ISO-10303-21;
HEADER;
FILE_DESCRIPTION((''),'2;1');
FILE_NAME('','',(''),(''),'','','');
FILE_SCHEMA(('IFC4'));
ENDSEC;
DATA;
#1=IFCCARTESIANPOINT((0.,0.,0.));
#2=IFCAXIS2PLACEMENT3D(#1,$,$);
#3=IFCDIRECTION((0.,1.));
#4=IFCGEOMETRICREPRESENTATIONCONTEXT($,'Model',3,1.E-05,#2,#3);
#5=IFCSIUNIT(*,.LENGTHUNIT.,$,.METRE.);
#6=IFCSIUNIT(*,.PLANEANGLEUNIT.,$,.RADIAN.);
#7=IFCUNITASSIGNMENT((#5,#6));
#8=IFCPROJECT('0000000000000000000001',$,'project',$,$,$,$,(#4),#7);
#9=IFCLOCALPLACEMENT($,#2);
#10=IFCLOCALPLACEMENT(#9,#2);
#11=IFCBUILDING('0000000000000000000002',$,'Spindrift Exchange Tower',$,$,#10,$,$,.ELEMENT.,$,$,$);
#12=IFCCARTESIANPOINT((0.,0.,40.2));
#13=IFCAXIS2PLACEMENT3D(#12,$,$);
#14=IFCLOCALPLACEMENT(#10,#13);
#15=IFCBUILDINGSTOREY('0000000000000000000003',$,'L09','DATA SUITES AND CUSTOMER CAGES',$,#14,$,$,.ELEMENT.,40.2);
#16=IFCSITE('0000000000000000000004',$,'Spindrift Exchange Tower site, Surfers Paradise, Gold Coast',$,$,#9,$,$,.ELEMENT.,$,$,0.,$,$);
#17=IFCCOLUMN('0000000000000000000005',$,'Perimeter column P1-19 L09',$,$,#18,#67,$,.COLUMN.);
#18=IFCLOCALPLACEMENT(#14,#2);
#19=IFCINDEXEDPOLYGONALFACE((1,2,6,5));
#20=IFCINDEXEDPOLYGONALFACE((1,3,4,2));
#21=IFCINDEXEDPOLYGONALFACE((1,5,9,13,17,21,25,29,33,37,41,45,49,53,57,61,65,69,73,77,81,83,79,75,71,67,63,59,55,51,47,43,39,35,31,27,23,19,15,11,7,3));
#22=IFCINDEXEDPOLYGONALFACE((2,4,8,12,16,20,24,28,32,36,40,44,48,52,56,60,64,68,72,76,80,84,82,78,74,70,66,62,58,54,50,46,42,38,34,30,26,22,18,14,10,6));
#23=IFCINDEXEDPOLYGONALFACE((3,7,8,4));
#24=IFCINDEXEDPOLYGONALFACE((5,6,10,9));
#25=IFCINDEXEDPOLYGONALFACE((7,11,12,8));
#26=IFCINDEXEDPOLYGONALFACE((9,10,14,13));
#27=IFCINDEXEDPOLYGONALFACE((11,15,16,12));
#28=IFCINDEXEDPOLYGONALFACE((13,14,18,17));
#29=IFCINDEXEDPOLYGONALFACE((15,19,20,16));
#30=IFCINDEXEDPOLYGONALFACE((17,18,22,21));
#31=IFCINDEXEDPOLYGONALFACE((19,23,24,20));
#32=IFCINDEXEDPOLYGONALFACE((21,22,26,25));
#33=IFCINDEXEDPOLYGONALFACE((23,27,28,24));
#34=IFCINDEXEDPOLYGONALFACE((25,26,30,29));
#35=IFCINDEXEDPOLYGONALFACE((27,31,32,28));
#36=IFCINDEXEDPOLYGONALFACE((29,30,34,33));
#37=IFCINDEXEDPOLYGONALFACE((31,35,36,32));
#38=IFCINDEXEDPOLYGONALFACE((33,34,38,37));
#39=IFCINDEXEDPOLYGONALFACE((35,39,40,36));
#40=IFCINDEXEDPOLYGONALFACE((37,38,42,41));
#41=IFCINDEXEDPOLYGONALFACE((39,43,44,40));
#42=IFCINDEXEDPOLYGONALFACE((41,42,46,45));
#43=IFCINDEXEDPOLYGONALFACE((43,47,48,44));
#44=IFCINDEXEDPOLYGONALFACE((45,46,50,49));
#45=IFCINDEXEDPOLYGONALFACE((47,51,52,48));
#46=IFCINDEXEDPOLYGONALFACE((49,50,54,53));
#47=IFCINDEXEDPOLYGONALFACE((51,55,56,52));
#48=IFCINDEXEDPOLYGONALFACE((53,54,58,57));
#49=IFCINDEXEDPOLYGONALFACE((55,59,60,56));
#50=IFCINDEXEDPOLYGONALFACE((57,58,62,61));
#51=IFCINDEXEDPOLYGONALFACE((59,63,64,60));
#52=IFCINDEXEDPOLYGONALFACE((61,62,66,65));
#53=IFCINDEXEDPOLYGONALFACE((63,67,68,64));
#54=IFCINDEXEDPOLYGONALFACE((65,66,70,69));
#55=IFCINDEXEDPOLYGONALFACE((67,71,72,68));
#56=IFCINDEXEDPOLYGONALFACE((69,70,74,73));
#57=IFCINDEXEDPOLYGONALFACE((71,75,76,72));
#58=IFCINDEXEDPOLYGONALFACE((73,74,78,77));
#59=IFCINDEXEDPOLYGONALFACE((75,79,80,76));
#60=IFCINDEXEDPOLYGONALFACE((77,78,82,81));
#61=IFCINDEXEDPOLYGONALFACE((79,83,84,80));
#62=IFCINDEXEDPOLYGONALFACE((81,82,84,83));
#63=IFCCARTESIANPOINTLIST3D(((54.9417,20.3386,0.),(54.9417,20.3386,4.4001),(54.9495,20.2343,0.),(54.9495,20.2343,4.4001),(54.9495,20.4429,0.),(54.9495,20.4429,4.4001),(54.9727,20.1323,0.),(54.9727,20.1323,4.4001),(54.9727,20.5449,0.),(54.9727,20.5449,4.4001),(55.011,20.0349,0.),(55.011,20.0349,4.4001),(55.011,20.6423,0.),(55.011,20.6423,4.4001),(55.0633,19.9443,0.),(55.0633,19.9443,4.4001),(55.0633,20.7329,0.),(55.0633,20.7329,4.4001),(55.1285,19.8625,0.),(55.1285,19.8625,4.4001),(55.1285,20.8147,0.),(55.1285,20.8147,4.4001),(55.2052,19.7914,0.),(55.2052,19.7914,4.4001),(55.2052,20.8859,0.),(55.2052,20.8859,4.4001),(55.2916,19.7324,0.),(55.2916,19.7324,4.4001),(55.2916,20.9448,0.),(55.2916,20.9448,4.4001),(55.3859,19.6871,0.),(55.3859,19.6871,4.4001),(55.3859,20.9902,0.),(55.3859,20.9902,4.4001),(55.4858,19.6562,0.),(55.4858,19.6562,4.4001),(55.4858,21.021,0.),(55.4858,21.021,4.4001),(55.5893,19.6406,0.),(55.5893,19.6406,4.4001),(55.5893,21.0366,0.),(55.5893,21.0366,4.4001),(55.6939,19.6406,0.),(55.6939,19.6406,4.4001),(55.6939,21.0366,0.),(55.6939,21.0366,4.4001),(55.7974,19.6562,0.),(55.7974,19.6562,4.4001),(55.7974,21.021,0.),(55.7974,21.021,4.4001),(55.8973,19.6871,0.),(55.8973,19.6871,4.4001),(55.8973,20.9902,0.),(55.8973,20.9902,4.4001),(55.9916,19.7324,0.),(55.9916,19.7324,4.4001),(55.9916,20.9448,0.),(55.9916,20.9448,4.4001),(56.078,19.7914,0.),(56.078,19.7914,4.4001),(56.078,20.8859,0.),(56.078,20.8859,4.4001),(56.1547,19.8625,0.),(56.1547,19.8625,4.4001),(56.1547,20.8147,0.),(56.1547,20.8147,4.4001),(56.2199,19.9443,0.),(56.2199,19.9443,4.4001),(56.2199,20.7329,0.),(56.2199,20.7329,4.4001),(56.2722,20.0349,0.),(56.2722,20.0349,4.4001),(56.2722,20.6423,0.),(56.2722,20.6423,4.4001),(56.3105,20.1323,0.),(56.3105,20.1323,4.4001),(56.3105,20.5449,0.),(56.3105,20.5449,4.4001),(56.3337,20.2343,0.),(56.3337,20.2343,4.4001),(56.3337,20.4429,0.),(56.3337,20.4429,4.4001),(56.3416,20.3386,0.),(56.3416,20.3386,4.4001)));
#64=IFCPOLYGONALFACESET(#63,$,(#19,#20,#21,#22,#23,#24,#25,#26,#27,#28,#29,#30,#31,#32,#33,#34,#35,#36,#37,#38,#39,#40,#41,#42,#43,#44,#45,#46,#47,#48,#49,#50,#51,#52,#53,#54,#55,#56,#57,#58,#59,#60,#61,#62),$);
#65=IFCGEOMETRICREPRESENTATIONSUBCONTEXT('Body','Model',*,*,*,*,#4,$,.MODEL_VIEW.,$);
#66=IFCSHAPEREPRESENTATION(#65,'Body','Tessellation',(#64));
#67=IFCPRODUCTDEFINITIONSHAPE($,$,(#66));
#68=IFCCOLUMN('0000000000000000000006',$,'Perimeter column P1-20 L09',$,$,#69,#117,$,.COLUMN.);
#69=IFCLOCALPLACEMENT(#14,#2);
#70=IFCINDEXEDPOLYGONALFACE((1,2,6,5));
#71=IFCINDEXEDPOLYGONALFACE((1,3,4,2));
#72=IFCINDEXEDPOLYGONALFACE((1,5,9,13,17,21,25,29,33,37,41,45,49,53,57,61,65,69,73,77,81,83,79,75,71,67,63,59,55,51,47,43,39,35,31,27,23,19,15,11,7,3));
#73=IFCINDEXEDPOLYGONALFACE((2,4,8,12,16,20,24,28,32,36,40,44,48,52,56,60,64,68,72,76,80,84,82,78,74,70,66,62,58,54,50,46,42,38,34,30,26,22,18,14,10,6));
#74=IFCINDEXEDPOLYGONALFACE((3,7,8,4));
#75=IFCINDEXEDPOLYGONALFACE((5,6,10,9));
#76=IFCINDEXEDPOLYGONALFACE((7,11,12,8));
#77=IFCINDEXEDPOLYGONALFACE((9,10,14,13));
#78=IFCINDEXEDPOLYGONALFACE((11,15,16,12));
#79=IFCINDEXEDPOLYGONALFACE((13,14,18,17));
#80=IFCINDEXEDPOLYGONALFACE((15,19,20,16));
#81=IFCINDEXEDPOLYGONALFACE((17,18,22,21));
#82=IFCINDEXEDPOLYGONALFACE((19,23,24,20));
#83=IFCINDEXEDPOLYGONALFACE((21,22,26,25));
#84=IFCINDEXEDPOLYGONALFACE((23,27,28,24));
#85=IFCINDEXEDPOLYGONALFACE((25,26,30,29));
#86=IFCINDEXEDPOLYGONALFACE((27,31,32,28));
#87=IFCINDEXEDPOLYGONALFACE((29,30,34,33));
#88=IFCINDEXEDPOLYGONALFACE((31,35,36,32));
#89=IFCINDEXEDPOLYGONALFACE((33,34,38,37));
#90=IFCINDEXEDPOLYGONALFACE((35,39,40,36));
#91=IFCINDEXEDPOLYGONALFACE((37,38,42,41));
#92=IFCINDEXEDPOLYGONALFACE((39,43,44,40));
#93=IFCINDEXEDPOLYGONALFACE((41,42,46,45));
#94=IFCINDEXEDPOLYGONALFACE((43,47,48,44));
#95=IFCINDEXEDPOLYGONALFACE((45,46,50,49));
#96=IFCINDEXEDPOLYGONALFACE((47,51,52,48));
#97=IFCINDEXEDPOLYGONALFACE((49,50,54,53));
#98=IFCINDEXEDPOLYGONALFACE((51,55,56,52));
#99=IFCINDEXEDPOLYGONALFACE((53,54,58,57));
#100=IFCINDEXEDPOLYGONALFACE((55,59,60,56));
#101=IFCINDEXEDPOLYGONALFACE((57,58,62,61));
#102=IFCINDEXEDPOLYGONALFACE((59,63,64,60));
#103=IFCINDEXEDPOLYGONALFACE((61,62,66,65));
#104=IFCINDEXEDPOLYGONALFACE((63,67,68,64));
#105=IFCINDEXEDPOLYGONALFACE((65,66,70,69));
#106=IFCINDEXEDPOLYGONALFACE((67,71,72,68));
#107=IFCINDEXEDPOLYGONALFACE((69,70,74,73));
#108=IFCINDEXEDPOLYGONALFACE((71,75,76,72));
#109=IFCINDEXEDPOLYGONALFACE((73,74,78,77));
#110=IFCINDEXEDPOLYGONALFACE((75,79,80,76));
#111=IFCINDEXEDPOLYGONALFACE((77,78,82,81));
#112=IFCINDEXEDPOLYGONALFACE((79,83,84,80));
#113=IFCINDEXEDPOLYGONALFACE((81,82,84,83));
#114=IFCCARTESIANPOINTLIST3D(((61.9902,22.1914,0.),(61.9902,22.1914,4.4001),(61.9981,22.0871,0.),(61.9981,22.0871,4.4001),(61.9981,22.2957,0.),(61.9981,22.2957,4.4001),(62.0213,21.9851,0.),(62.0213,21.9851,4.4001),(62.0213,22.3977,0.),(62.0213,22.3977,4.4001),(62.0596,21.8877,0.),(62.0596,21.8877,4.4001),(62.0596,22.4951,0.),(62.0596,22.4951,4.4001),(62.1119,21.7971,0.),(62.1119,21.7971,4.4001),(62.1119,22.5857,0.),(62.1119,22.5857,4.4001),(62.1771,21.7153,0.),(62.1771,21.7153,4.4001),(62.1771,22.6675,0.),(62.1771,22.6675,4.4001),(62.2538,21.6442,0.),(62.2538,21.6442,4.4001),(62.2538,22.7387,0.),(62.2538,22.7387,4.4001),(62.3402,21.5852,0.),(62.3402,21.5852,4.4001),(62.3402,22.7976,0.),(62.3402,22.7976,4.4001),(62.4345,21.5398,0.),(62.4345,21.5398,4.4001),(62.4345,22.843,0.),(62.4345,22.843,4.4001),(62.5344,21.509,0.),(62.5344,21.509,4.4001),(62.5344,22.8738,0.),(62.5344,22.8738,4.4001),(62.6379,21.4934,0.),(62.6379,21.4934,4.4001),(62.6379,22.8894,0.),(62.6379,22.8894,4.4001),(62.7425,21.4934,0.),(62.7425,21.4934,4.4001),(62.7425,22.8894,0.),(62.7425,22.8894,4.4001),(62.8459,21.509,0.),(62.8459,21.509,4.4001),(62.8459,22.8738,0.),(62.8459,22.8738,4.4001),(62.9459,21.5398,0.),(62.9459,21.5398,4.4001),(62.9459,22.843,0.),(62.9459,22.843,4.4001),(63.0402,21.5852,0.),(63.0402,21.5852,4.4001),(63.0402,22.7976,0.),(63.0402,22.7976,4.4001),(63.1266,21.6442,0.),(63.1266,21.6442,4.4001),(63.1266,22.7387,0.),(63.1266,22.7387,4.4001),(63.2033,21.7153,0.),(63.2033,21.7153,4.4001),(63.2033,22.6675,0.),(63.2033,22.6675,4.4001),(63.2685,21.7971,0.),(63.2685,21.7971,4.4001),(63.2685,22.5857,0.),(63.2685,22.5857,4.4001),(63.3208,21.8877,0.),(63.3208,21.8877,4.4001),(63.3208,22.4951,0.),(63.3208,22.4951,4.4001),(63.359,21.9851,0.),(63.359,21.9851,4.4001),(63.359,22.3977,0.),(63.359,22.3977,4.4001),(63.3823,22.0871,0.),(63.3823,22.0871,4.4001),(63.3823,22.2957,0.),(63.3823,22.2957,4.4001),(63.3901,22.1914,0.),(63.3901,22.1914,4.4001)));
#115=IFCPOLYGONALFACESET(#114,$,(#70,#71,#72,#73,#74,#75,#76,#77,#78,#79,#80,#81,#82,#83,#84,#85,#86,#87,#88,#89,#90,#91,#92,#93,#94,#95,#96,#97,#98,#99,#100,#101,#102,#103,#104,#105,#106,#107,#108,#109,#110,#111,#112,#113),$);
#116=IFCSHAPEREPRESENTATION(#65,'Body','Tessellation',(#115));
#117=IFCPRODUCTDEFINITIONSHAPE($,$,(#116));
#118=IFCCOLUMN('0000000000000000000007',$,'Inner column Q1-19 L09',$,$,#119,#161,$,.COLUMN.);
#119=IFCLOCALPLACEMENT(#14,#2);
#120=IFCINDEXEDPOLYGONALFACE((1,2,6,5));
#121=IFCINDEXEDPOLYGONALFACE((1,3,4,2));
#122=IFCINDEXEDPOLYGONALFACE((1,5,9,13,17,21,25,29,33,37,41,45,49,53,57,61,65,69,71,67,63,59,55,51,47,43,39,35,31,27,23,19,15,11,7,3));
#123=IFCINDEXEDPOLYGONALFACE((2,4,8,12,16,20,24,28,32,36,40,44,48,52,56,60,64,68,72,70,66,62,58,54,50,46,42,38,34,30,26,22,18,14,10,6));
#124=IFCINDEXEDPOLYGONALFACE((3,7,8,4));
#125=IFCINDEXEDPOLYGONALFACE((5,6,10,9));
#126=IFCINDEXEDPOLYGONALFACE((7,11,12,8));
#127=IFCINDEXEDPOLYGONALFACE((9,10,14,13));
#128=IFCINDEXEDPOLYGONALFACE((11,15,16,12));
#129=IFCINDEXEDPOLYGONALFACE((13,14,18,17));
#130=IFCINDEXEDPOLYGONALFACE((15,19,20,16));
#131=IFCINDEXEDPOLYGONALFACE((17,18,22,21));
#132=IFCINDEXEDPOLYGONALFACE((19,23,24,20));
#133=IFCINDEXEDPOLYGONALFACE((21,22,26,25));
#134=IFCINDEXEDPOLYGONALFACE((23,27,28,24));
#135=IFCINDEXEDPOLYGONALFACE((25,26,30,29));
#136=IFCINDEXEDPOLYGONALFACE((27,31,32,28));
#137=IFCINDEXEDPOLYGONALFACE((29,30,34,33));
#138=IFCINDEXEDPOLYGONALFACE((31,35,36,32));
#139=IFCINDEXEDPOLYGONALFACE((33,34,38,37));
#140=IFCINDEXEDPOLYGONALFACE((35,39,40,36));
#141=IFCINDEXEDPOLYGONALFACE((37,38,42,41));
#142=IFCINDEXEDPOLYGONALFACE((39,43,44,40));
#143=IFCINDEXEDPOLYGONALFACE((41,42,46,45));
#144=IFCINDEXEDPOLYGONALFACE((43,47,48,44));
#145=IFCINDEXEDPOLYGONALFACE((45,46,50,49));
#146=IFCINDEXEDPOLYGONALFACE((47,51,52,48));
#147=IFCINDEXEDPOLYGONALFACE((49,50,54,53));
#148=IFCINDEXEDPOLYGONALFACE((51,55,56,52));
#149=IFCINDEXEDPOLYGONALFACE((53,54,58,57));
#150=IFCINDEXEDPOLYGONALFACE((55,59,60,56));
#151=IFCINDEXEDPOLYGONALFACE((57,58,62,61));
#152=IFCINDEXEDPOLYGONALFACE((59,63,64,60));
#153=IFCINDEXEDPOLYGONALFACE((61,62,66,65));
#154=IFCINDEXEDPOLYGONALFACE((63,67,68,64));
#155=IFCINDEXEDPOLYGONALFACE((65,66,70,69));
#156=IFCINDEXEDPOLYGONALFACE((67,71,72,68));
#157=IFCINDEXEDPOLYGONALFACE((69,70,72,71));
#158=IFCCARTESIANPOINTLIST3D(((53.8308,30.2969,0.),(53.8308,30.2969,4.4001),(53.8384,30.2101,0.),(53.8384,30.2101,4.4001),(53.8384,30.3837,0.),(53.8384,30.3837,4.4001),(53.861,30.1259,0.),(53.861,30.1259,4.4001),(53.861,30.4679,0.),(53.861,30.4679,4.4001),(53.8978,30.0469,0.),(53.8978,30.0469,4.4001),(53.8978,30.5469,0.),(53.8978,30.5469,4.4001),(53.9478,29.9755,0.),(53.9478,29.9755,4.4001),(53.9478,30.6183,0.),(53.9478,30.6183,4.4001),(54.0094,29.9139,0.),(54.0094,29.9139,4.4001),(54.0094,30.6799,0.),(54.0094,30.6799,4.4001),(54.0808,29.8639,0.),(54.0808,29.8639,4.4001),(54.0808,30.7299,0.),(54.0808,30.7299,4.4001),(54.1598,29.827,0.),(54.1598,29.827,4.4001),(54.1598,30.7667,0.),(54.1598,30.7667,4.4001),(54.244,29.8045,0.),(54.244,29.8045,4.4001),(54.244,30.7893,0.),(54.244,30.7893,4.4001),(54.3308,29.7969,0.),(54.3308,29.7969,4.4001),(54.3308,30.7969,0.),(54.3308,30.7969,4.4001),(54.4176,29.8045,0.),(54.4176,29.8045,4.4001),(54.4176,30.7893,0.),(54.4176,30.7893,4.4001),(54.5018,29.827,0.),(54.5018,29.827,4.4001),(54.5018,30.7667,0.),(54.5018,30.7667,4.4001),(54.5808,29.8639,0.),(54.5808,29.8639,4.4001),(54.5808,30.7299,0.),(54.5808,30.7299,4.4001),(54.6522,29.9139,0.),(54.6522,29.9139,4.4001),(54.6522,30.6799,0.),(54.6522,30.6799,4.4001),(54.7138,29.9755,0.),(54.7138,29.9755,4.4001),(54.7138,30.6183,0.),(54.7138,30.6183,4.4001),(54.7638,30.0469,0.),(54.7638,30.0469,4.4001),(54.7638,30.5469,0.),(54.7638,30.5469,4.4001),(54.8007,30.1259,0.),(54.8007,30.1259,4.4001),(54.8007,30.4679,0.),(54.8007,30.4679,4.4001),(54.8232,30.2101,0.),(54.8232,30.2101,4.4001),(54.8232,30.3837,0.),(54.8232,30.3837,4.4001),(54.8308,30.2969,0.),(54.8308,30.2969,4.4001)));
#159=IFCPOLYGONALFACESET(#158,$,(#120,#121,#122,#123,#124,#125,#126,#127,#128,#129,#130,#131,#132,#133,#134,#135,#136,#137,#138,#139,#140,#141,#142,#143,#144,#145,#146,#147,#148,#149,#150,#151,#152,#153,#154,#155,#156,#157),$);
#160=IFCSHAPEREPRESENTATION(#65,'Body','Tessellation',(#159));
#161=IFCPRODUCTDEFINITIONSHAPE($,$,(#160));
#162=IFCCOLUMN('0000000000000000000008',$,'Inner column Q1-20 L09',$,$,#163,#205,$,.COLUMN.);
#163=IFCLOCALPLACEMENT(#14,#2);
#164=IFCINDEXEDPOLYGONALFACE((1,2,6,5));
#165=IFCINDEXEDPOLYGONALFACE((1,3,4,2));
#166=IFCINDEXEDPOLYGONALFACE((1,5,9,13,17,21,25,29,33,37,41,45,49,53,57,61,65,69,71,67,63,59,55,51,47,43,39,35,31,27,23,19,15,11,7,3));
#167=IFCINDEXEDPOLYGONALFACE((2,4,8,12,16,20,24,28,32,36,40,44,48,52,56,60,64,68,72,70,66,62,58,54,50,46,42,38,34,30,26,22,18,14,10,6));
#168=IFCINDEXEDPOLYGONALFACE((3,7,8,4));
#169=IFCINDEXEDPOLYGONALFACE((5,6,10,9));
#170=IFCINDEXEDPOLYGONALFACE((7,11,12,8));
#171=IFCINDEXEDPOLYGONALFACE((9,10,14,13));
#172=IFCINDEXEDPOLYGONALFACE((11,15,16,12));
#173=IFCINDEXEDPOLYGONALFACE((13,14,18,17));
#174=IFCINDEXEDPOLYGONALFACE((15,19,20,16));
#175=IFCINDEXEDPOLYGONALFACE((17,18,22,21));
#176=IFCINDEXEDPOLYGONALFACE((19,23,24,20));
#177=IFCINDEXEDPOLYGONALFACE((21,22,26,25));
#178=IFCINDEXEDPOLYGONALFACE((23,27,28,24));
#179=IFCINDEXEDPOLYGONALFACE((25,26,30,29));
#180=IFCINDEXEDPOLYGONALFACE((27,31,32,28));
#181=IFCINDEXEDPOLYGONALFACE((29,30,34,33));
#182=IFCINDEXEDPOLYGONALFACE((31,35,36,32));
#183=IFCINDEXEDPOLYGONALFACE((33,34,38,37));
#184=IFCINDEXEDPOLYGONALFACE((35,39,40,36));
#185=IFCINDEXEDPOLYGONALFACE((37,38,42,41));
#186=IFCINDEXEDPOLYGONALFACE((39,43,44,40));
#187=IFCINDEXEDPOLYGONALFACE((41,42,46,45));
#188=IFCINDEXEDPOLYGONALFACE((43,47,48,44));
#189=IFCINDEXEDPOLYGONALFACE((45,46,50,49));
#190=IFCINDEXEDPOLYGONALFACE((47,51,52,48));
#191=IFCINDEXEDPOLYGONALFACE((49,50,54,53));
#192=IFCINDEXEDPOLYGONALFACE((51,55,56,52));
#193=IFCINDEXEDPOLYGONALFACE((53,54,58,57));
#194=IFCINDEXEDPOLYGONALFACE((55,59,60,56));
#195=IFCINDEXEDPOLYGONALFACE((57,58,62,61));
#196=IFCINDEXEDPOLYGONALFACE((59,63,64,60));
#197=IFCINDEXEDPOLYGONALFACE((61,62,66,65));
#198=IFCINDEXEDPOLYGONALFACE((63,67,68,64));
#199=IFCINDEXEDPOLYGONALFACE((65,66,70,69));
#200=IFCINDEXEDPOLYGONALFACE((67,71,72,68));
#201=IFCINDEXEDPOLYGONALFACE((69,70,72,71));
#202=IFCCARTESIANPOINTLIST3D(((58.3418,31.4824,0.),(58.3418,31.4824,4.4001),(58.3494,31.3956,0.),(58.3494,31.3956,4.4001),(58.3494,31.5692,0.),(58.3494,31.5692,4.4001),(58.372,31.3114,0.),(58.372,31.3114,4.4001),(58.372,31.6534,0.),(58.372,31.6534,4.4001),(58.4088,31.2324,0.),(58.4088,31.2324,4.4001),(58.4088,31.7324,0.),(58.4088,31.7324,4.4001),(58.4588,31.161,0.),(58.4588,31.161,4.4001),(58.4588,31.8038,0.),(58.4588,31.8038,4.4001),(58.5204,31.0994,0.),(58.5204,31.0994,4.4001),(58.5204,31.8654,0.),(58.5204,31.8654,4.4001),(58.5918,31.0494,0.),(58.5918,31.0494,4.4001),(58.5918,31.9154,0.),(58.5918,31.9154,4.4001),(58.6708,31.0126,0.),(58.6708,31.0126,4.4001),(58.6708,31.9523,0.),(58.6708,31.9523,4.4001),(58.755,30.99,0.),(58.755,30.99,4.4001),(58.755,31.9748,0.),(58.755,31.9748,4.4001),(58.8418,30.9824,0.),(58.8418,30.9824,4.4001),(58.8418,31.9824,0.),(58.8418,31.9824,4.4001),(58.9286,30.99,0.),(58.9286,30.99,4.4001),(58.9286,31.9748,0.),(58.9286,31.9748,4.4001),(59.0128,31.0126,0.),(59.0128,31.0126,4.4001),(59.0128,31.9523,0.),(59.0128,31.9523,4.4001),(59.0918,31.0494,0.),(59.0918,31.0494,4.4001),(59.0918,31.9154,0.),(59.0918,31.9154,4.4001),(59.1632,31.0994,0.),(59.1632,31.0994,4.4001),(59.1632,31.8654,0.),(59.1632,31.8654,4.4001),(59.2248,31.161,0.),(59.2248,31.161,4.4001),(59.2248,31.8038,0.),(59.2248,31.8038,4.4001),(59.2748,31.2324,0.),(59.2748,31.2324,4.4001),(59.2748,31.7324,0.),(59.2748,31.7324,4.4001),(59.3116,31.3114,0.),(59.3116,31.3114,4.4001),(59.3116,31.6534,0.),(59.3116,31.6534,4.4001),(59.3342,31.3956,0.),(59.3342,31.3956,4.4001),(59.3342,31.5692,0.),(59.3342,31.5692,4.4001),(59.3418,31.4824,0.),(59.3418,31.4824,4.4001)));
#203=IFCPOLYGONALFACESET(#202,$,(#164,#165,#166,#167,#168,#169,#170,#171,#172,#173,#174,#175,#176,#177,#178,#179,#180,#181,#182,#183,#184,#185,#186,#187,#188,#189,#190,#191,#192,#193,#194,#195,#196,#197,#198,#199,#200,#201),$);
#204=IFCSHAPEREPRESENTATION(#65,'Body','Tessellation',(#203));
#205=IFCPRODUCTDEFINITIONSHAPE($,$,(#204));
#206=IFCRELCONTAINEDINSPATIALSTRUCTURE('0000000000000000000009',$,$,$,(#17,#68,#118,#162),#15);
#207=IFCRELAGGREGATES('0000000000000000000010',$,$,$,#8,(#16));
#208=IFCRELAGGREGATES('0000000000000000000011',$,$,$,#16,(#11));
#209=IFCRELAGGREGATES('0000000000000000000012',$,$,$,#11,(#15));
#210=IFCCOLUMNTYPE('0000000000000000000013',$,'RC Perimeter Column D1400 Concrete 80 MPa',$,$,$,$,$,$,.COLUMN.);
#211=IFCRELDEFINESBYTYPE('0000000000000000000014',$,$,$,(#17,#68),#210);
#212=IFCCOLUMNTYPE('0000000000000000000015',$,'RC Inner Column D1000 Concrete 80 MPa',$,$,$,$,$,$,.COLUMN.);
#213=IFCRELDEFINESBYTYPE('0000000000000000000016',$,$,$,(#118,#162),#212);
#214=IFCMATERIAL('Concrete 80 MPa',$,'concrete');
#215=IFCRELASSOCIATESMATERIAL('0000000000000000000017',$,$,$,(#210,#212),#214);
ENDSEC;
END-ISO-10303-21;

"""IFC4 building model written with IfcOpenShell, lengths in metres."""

from ifc_helpers import new_model, si_unit, direction, frame, origin, origin_2d, place, context, subcontext, project, spatial, circle, extrude, source, transform, mapped, material, material_profile, profile_set, type_object, element, save


model = new_model("IFC4")

# Units and contexts
model_context = context("Model", 3, precision=1e-05, world=origin(), true_north=direction((0.0, 1.0)))
body_context = subcontext(model_context, "Body", "Model", "MODEL_VIEW")
ifc_project = project(units=[si_unit("LENGTHUNIT", "METRE"), si_unit("PLANEANGLEUNIT", "RADIAN")], contexts=[model_context])

# Site, building, storey
site_placement = place(None, origin())
site = spatial("IfcSite", under=ifc_project, at=site_placement, Name="Spindrift Exchange Tower site, Surfers Paradise, Gold Coast", CompositionType="ELEMENT", RefElevation=0.0)
building_placement = place(site_placement, origin())
building = spatial("IfcBuilding", under=site, at=building_placement, Name="Spindrift Exchange Tower", CompositionType="ELEMENT")
storey_placement = place(building_placement, frame((0.0, 0.0, 40.2)))
storey = spatial("IfcBuildingStorey", under=building, at=storey_placement, Name="L09", Description="DATA SUITES AND CUSTOMER CAGES", CompositionType="ELEMENT", Elevation=40.2)

# Columns
ifc_material_1 = material(Name="Concrete 80 MPa", Category="concrete")
ifc_material_profile_1 = material_profile(ifc_material_1, circle(Radius=0.7, at=origin_2d()), Name="RC D1400")
ifc_profile_set_1 = profile_set([ifc_material_profile_1], Name="Concrete 80 MPa")
column_type_1 = type_object("IfcColumnType", Name="RC Perimeter Column D1400 Concrete 80 MPa", PredefinedType="COLUMN", material=ifc_profile_set_1)
shared_shape_1 = source(origin(), body_context, "Body", "SweptSolid", [
    extrude(circle(Radius=0.7, at=origin_2d()), origin(), (0.0, 0.0, 1.0), 4.4001),
])
for number, where, z_axis, x_axis, name in (
    (1, (55.6416, 20.3386, 0.0), (0.0, 0.0, 1.0), (1.0, 0.0, 0.0), "Perimeter column P1-19 L09"),
    (2, (62.6902, 22.1914, 0.0), (0.0, 0.0, 1.0), (1.0, 0.0, 0.0), "Perimeter column P1-20 L09"),
):
    element("IfcColumn", number, at=place(storey_placement, frame(where, z_axis=z_axis, x_axis=x_axis)), inside=storey, type_object=column_type_1, Name=name, PredefinedType="COLUMN", context=body_context, shape_type="MappedRepresentation", body=[
        mapped(shared_shape_1, transform((0.0, 0.0, 0.0), scale=1.0)),
    ])
ifc_material_profile_2 = material_profile(ifc_material_1, circle(Radius=0.5, at=origin_2d()), Name="RC D1000")
ifc_profile_set_2 = profile_set([ifc_material_profile_2], Name="Concrete 80 MPa")
column_type_2 = type_object("IfcColumnType", Name="RC Inner Column D1000 Concrete 80 MPa", PredefinedType="COLUMN", material=ifc_profile_set_2)
shared_shape_2 = source(origin(), body_context, "Body", "SweptSolid", [
    extrude(circle(Radius=0.5, at=origin_2d()), origin(), (0.0, 0.0, 1.0), 4.4001),
])
for number, where, z_axis, x_axis, name in (
    (3, (54.3308, 30.2969, 0.0), (0.0, 0.0, 1.0), (1.0, 0.0, 0.0), "Inner column Q1-19 L09"),
    (4, (58.8418, 31.4824, 0.0), (0.0, 0.0, 1.0), (1.0, 0.0, 0.0), "Inner column Q1-20 L09"),
):
    element("IfcColumn", number, at=place(storey_placement, frame(where, z_axis=z_axis, x_axis=x_axis)), inside=storey, type_object=column_type_2, Name=name, PredefinedType="COLUMN", context=body_context, shape_type="MappedRepresentation", body=[
        mapped(shared_shape_2, transform((0.0, 0.0, 0.0), scale=1.0)),
    ])

save(model, "model.ifc")
